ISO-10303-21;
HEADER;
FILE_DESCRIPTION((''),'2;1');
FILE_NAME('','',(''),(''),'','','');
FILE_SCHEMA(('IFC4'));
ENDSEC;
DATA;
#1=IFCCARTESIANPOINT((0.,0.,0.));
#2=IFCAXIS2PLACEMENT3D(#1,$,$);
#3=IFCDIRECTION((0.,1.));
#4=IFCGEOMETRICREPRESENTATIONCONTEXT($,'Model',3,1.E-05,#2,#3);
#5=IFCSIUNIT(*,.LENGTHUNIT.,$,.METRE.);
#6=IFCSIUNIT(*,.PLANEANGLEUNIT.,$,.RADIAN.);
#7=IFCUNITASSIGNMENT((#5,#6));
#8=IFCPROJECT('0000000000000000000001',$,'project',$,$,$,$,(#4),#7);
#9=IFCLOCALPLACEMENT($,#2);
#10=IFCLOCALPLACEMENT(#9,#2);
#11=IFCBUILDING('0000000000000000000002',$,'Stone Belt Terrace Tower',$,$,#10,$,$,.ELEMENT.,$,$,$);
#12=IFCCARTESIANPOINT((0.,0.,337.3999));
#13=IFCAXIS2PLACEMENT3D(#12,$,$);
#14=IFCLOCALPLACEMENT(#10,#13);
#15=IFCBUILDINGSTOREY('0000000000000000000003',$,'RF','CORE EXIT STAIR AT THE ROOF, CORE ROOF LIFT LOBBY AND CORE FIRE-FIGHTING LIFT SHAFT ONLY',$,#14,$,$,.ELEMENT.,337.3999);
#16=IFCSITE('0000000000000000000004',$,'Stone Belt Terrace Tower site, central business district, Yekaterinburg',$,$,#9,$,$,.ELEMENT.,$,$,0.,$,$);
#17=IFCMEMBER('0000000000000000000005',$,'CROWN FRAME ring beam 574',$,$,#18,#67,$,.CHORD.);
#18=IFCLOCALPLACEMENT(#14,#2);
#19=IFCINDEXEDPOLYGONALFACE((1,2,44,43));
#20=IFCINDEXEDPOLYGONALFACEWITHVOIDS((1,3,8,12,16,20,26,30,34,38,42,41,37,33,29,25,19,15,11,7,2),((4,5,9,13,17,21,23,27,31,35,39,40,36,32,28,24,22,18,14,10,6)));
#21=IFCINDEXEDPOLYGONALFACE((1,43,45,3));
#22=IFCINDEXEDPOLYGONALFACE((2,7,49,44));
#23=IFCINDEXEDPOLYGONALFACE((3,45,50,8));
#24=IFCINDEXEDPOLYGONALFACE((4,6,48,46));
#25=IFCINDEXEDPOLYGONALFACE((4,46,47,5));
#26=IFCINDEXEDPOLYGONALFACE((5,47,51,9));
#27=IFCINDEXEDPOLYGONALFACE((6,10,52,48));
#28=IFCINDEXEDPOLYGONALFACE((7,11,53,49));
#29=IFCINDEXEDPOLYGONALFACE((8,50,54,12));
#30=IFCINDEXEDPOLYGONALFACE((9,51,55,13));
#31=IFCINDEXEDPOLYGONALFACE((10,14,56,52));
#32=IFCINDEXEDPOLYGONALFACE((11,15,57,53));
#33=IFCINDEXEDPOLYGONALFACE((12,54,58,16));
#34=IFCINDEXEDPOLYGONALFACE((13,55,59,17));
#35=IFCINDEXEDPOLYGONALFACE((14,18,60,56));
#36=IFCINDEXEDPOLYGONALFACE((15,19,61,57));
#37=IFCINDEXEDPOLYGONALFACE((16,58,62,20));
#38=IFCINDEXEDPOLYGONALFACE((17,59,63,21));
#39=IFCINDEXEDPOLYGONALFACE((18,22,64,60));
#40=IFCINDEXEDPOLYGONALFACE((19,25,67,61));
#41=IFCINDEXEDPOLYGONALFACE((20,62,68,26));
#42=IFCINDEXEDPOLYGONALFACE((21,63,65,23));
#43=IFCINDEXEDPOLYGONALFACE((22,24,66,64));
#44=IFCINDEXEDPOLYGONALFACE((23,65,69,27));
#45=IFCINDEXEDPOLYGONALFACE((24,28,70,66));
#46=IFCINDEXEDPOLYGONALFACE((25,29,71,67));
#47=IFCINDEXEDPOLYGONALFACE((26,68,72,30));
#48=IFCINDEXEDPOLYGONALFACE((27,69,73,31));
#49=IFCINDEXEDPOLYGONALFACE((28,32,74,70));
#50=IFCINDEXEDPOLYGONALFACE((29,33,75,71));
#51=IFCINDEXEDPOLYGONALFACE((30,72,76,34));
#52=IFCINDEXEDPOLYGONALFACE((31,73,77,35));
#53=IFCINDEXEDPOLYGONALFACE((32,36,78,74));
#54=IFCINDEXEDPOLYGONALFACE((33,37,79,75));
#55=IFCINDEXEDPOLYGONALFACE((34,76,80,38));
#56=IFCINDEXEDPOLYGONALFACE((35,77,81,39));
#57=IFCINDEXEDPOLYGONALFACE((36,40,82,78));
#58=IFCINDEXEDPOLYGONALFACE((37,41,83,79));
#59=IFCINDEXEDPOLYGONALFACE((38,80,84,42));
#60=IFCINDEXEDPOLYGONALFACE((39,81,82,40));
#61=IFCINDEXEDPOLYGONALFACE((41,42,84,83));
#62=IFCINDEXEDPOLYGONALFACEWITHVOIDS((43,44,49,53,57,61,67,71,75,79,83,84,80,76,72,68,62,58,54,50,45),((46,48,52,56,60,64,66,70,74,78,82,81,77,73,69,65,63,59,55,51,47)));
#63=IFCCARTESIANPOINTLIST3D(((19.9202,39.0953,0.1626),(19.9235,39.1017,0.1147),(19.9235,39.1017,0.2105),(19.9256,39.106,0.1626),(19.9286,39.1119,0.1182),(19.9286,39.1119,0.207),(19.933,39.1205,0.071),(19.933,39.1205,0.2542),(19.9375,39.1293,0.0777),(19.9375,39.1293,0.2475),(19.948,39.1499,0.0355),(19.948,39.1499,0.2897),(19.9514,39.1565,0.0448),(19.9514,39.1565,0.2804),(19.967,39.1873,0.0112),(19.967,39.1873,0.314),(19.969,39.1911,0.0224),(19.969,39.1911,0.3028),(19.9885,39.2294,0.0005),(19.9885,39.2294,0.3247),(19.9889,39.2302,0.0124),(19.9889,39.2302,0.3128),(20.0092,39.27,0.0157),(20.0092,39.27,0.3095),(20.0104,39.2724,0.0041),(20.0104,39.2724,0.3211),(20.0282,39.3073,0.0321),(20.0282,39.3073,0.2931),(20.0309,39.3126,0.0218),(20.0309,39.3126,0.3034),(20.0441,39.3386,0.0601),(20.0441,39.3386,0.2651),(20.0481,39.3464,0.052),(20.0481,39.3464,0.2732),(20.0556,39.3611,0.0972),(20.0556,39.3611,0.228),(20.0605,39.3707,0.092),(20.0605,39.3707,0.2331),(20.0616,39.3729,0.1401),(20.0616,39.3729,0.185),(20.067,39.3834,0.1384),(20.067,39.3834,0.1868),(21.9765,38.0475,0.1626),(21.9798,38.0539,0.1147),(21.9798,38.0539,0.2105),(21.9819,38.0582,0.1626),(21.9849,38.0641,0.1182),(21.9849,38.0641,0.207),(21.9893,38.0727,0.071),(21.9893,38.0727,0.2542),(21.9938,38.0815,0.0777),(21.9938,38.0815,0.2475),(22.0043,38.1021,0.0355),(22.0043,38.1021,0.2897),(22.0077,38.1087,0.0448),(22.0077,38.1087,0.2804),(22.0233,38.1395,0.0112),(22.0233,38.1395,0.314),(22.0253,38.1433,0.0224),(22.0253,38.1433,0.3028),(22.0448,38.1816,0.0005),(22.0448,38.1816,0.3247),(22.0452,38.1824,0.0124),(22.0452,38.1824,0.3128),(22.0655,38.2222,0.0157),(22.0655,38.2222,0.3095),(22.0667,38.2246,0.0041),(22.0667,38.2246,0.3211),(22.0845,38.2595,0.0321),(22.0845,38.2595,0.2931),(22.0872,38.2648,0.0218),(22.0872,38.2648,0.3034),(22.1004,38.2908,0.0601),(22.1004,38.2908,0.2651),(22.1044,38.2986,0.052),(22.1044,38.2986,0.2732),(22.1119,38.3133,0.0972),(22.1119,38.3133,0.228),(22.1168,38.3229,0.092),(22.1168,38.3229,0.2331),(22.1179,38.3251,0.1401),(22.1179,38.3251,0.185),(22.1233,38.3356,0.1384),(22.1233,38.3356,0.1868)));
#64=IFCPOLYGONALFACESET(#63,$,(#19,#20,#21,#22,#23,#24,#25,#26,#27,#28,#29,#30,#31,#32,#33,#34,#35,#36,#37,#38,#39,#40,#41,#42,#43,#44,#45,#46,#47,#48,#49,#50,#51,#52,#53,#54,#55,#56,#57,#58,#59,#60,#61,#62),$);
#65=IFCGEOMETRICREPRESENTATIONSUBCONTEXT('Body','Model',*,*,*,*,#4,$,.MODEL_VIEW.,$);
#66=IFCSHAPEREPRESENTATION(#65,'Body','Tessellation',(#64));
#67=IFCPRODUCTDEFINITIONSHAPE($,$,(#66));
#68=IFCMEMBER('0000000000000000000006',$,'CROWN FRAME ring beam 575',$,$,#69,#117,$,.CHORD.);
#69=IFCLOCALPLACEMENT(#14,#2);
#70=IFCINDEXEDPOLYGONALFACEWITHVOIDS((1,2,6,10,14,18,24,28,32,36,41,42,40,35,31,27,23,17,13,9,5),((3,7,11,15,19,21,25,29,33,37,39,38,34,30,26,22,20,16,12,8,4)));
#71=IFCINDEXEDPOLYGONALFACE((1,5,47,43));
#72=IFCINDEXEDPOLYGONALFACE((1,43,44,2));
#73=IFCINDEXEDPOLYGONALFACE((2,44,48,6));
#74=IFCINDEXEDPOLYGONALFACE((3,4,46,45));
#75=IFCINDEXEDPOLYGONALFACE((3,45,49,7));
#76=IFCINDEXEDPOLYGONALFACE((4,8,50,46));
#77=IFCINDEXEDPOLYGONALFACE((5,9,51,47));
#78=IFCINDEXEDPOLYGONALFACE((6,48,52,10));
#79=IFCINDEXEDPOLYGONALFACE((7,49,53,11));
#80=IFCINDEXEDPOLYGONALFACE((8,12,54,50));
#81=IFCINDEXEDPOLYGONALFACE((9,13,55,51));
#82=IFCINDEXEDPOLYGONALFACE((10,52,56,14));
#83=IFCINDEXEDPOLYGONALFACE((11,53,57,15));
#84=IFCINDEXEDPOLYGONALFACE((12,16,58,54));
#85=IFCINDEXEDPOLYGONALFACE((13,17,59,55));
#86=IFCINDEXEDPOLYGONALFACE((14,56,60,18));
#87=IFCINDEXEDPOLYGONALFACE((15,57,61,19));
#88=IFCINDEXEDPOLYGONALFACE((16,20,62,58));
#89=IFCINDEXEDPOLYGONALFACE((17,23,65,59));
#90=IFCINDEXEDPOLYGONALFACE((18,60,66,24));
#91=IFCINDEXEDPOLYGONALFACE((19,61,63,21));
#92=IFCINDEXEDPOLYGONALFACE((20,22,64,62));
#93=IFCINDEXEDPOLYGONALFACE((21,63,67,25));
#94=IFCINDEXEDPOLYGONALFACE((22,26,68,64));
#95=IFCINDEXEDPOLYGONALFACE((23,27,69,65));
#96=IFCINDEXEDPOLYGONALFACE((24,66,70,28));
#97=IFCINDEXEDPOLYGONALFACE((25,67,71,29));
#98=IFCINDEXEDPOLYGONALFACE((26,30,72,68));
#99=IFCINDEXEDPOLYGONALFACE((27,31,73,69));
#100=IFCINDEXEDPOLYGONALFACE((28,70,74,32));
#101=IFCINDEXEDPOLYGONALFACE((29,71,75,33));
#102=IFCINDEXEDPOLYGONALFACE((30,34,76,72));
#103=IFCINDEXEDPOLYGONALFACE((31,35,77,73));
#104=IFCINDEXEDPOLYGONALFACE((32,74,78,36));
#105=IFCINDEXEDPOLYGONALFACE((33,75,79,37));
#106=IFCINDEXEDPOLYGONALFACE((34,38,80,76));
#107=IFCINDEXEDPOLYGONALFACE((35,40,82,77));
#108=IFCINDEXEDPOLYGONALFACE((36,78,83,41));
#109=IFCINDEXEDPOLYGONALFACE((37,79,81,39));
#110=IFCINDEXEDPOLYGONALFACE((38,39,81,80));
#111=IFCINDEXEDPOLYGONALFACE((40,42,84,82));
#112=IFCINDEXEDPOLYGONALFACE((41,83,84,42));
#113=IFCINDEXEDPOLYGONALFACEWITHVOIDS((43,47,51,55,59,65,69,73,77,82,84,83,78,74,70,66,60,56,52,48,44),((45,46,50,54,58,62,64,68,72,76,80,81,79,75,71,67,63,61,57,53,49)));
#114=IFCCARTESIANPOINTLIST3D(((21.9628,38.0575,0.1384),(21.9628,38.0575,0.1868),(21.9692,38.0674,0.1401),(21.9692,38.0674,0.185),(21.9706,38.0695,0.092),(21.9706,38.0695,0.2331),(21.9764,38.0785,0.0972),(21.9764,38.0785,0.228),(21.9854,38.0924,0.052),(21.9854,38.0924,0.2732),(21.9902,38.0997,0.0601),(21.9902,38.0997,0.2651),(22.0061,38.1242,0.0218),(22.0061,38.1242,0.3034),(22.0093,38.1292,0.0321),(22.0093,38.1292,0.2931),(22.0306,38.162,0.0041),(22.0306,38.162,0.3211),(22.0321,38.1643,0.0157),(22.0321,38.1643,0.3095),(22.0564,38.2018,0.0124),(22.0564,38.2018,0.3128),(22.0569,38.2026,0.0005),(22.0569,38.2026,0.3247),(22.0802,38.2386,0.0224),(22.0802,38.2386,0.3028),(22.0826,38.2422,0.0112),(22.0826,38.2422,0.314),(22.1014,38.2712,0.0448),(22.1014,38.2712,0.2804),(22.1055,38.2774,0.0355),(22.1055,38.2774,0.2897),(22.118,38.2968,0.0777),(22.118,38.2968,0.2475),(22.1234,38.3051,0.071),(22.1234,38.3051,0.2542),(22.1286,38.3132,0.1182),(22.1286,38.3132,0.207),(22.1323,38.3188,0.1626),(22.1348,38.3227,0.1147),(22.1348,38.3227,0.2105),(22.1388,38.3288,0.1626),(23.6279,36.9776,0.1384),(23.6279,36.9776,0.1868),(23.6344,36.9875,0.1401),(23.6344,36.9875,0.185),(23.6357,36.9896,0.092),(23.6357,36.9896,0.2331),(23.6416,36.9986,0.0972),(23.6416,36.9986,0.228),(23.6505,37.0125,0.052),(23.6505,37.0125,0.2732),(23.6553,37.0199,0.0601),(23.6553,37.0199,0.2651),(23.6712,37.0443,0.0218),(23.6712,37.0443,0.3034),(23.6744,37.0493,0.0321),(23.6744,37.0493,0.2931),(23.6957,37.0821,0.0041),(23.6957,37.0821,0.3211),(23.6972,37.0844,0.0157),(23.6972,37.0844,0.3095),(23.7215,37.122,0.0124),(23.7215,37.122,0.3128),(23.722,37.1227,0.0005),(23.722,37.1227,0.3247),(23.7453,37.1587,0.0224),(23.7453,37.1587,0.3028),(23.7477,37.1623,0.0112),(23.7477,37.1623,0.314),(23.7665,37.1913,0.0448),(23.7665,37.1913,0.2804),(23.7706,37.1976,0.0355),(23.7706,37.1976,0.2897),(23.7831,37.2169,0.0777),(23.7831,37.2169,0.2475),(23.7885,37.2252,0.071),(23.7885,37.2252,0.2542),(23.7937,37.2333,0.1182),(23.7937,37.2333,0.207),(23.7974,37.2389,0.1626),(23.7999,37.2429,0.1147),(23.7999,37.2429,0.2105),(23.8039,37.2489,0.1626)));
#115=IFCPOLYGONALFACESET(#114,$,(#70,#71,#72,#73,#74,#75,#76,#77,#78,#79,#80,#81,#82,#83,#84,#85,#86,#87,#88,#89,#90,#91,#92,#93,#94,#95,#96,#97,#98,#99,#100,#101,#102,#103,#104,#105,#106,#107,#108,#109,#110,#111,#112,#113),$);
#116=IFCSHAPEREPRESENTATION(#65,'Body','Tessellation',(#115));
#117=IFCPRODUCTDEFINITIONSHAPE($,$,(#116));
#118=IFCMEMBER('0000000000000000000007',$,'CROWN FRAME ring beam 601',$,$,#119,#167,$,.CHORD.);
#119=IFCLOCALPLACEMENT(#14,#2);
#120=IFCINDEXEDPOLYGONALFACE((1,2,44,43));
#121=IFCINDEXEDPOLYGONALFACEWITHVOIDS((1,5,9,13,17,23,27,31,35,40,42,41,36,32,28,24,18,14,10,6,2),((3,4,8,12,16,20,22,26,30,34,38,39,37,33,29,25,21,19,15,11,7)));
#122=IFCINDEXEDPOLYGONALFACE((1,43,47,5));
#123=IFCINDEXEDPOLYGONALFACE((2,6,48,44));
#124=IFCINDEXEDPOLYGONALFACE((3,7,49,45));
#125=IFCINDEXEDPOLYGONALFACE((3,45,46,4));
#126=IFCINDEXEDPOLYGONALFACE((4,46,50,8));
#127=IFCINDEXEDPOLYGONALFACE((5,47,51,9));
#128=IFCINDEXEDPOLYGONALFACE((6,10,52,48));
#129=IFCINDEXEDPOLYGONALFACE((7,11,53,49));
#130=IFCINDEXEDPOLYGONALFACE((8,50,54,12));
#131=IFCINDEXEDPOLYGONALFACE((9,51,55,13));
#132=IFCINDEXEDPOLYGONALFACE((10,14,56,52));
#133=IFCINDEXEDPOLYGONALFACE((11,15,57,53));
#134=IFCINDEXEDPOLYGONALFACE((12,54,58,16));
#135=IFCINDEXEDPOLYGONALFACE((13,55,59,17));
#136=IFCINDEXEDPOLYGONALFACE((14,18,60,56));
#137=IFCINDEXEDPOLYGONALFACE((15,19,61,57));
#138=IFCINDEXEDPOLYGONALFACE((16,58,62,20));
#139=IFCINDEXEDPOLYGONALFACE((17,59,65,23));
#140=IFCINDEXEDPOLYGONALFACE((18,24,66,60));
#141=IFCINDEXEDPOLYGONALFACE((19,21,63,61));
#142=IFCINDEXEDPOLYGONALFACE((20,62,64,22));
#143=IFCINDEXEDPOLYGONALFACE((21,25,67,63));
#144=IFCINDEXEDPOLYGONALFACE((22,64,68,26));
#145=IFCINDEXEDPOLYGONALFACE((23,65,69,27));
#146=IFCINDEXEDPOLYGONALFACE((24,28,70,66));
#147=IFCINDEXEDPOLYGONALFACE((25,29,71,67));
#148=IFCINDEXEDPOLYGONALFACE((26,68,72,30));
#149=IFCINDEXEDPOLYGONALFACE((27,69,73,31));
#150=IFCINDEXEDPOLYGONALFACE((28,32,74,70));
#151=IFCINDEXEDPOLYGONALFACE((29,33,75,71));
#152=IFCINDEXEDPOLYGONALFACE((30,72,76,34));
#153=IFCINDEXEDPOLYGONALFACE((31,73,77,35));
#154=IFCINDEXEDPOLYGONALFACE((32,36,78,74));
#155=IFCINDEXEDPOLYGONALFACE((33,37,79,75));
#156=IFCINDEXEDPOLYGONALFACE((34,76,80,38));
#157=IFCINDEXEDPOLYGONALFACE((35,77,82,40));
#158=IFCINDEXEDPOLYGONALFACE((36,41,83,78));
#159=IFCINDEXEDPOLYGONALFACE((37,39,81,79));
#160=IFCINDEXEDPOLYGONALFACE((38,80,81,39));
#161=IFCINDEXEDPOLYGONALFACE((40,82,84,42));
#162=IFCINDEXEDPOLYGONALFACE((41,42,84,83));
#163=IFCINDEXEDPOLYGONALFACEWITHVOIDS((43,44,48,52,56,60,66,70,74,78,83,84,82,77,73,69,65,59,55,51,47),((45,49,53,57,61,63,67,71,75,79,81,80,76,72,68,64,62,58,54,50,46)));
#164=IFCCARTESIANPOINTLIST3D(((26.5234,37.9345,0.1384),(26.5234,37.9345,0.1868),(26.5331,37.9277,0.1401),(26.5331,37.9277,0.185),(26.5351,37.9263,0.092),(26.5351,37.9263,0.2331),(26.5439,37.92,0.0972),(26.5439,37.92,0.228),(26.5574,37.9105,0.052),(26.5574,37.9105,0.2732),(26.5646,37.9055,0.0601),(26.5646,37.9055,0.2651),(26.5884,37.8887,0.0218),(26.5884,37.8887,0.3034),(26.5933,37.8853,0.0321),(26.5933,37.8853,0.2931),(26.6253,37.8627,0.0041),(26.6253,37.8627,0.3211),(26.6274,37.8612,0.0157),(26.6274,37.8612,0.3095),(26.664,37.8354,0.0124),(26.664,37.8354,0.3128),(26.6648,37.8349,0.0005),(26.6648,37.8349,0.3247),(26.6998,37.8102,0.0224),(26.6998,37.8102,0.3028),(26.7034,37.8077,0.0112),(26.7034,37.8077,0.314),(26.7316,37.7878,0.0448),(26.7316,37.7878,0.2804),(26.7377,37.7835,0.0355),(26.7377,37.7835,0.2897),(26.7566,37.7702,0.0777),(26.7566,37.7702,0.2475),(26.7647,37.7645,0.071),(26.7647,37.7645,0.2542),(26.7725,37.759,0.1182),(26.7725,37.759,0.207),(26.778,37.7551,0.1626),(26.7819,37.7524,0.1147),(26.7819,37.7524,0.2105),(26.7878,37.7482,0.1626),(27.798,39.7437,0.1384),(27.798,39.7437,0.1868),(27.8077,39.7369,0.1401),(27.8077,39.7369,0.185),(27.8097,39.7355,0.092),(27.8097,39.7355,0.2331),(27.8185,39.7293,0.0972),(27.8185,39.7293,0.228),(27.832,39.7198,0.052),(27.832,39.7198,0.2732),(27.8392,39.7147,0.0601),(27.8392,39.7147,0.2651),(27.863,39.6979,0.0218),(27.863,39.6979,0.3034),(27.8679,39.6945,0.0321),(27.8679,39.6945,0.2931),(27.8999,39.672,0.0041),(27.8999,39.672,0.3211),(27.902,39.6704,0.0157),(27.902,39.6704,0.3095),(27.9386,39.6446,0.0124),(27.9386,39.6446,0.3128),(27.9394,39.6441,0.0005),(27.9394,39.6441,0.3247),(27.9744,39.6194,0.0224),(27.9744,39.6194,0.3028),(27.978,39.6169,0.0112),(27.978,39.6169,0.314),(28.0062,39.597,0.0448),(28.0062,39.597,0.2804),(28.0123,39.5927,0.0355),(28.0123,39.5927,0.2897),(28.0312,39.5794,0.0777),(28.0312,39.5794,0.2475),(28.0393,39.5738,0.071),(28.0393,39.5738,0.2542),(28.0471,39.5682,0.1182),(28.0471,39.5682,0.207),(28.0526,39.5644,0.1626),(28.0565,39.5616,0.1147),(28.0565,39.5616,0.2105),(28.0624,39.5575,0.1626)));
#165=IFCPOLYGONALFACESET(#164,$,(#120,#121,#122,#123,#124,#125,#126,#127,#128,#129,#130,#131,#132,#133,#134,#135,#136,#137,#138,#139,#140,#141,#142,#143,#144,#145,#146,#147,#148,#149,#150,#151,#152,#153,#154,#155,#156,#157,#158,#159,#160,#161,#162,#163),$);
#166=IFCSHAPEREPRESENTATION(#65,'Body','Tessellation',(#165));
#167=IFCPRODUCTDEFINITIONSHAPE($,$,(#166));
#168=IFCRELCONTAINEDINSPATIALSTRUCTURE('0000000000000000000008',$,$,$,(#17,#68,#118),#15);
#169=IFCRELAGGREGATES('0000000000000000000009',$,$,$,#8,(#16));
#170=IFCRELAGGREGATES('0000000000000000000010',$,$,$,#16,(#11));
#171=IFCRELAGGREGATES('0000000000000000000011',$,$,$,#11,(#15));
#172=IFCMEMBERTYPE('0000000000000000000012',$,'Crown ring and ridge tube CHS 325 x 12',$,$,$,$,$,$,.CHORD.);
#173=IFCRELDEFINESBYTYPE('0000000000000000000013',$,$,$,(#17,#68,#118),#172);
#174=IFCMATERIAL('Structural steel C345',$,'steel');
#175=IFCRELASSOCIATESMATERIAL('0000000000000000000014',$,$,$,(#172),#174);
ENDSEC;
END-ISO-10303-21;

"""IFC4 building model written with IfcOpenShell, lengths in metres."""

from ifc_helpers import new_model, si_unit, direction, frame, origin, origin_2d, place, context, subcontext, project, spatial, hollow_circle, extrude, material, material_profile, profile_set, type_object, element, save


model = new_model("IFC4")

# Units and contexts
model_context = context("Model", 3, precision=1e-05, world=origin(), true_north=direction((0.0, 1.0)))
body_context = subcontext(model_context, "Body", "Model", "MODEL_VIEW")
ifc_project = project(units=[si_unit("LENGTHUNIT", "METRE"), si_unit("PLANEANGLEUNIT", "RADIAN")], contexts=[model_context])

# Site, building, storey
site_placement = place(None, origin())
site = spatial("IfcSite", under=ifc_project, at=site_placement, Name="Stone Belt Terrace Tower site, central business district, Yekaterinburg", CompositionType="ELEMENT", RefElevation=0.0)
building_placement = place(site_placement, origin())
building = spatial("IfcBuilding", under=site, at=building_placement, Name="Stone Belt Terrace Tower", CompositionType="ELEMENT")
storey_placement = place(building_placement, frame((0.0, 0.0, 337.3999)))
storey = spatial("IfcBuildingStorey", under=building, at=storey_placement, Name="RF", Description="CORE EXIT STAIR AT THE ROOF, CORE ROOF LIFT LOBBY AND CORE FIRE-FIGHTING LIFT SHAFT ONLY", CompositionType="ELEMENT", Elevation=337.3999)

# Members
ifc_material_1 = material(Name="Structural steel C345", Category="steel")
ifc_material_profile_1 = material_profile(ifc_material_1, hollow_circle(Radius=0.1626, WallThickness=0.012, at=origin_2d()), Name="Structural steel C345 CHS 325x12")
ifc_profile_set_1 = profile_set([ifc_material_profile_1], Name="Structural steel C345")
member_type_1 = type_object("IfcMemberType", Name="Crown ring and ridge tube CHS 325 x 12", PredefinedType="CHORD", material=ifc_profile_set_1)
member_1_placement = place(storey_placement, frame((22.0503, 38.1924, 0.1626), z_axis=(-0.890995, 0.454013, 0.0), x_axis=(-0.454013, -0.890995, 0.0)))
element("IfcMember", 1, at=member_1_placement, inside=storey, type_object=member_type_1, Name="CROWN FRAME ring beam 574", PredefinedType="CHORD", context=body_context, shape_type="SweptSolid", body=[
    extrude(hollow_circle(Radius=0.1626, WallThickness=0.012, at=origin_2d()), origin(), (0.0, 0.0, 1.0), 2.3079),
])
member_2_placement = place(storey_placement, frame((22.0503, 38.1924, 0.1626), z_axis=(0.839005, -0.544123, 0.0), x_axis=(0.544123, 0.839005, 0.0)))
element("IfcMember", 2, at=member_2_placement, inside=storey, type_object=member_type_1, Name="CROWN FRAME ring beam 575", PredefinedType="CHORD", context=body_context, shape_type="SweptSolid", body=[
    extrude(hollow_circle(Radius=0.1626, WallThickness=0.012, at=origin_2d()), origin(), (0.0, 0.0, 1.0), 1.9846),
])
for number, where, z_axis, x_axis, name in (
    (3, (27.9294, 39.6511, 0.1626), (-0.575925, -0.817502, 0.0), (0.817502, -0.575925, 0.0), "CROWN FRAME ring beam 601"),
):
    element("IfcMember", number, at=place(storey_placement, frame(where, z_axis=z_axis, x_axis=x_axis)), inside=storey, type_object=member_type_1, Name=name, PredefinedType="CHORD", context=body_context, shape_type="SweptSolid", body=[
        extrude(hollow_circle(Radius=0.1626, WallThickness=0.012, at=origin_2d()), origin(), (0.0, 0.0, 1.0), 2.2131),
    ])

save(model, "model.ifc")
